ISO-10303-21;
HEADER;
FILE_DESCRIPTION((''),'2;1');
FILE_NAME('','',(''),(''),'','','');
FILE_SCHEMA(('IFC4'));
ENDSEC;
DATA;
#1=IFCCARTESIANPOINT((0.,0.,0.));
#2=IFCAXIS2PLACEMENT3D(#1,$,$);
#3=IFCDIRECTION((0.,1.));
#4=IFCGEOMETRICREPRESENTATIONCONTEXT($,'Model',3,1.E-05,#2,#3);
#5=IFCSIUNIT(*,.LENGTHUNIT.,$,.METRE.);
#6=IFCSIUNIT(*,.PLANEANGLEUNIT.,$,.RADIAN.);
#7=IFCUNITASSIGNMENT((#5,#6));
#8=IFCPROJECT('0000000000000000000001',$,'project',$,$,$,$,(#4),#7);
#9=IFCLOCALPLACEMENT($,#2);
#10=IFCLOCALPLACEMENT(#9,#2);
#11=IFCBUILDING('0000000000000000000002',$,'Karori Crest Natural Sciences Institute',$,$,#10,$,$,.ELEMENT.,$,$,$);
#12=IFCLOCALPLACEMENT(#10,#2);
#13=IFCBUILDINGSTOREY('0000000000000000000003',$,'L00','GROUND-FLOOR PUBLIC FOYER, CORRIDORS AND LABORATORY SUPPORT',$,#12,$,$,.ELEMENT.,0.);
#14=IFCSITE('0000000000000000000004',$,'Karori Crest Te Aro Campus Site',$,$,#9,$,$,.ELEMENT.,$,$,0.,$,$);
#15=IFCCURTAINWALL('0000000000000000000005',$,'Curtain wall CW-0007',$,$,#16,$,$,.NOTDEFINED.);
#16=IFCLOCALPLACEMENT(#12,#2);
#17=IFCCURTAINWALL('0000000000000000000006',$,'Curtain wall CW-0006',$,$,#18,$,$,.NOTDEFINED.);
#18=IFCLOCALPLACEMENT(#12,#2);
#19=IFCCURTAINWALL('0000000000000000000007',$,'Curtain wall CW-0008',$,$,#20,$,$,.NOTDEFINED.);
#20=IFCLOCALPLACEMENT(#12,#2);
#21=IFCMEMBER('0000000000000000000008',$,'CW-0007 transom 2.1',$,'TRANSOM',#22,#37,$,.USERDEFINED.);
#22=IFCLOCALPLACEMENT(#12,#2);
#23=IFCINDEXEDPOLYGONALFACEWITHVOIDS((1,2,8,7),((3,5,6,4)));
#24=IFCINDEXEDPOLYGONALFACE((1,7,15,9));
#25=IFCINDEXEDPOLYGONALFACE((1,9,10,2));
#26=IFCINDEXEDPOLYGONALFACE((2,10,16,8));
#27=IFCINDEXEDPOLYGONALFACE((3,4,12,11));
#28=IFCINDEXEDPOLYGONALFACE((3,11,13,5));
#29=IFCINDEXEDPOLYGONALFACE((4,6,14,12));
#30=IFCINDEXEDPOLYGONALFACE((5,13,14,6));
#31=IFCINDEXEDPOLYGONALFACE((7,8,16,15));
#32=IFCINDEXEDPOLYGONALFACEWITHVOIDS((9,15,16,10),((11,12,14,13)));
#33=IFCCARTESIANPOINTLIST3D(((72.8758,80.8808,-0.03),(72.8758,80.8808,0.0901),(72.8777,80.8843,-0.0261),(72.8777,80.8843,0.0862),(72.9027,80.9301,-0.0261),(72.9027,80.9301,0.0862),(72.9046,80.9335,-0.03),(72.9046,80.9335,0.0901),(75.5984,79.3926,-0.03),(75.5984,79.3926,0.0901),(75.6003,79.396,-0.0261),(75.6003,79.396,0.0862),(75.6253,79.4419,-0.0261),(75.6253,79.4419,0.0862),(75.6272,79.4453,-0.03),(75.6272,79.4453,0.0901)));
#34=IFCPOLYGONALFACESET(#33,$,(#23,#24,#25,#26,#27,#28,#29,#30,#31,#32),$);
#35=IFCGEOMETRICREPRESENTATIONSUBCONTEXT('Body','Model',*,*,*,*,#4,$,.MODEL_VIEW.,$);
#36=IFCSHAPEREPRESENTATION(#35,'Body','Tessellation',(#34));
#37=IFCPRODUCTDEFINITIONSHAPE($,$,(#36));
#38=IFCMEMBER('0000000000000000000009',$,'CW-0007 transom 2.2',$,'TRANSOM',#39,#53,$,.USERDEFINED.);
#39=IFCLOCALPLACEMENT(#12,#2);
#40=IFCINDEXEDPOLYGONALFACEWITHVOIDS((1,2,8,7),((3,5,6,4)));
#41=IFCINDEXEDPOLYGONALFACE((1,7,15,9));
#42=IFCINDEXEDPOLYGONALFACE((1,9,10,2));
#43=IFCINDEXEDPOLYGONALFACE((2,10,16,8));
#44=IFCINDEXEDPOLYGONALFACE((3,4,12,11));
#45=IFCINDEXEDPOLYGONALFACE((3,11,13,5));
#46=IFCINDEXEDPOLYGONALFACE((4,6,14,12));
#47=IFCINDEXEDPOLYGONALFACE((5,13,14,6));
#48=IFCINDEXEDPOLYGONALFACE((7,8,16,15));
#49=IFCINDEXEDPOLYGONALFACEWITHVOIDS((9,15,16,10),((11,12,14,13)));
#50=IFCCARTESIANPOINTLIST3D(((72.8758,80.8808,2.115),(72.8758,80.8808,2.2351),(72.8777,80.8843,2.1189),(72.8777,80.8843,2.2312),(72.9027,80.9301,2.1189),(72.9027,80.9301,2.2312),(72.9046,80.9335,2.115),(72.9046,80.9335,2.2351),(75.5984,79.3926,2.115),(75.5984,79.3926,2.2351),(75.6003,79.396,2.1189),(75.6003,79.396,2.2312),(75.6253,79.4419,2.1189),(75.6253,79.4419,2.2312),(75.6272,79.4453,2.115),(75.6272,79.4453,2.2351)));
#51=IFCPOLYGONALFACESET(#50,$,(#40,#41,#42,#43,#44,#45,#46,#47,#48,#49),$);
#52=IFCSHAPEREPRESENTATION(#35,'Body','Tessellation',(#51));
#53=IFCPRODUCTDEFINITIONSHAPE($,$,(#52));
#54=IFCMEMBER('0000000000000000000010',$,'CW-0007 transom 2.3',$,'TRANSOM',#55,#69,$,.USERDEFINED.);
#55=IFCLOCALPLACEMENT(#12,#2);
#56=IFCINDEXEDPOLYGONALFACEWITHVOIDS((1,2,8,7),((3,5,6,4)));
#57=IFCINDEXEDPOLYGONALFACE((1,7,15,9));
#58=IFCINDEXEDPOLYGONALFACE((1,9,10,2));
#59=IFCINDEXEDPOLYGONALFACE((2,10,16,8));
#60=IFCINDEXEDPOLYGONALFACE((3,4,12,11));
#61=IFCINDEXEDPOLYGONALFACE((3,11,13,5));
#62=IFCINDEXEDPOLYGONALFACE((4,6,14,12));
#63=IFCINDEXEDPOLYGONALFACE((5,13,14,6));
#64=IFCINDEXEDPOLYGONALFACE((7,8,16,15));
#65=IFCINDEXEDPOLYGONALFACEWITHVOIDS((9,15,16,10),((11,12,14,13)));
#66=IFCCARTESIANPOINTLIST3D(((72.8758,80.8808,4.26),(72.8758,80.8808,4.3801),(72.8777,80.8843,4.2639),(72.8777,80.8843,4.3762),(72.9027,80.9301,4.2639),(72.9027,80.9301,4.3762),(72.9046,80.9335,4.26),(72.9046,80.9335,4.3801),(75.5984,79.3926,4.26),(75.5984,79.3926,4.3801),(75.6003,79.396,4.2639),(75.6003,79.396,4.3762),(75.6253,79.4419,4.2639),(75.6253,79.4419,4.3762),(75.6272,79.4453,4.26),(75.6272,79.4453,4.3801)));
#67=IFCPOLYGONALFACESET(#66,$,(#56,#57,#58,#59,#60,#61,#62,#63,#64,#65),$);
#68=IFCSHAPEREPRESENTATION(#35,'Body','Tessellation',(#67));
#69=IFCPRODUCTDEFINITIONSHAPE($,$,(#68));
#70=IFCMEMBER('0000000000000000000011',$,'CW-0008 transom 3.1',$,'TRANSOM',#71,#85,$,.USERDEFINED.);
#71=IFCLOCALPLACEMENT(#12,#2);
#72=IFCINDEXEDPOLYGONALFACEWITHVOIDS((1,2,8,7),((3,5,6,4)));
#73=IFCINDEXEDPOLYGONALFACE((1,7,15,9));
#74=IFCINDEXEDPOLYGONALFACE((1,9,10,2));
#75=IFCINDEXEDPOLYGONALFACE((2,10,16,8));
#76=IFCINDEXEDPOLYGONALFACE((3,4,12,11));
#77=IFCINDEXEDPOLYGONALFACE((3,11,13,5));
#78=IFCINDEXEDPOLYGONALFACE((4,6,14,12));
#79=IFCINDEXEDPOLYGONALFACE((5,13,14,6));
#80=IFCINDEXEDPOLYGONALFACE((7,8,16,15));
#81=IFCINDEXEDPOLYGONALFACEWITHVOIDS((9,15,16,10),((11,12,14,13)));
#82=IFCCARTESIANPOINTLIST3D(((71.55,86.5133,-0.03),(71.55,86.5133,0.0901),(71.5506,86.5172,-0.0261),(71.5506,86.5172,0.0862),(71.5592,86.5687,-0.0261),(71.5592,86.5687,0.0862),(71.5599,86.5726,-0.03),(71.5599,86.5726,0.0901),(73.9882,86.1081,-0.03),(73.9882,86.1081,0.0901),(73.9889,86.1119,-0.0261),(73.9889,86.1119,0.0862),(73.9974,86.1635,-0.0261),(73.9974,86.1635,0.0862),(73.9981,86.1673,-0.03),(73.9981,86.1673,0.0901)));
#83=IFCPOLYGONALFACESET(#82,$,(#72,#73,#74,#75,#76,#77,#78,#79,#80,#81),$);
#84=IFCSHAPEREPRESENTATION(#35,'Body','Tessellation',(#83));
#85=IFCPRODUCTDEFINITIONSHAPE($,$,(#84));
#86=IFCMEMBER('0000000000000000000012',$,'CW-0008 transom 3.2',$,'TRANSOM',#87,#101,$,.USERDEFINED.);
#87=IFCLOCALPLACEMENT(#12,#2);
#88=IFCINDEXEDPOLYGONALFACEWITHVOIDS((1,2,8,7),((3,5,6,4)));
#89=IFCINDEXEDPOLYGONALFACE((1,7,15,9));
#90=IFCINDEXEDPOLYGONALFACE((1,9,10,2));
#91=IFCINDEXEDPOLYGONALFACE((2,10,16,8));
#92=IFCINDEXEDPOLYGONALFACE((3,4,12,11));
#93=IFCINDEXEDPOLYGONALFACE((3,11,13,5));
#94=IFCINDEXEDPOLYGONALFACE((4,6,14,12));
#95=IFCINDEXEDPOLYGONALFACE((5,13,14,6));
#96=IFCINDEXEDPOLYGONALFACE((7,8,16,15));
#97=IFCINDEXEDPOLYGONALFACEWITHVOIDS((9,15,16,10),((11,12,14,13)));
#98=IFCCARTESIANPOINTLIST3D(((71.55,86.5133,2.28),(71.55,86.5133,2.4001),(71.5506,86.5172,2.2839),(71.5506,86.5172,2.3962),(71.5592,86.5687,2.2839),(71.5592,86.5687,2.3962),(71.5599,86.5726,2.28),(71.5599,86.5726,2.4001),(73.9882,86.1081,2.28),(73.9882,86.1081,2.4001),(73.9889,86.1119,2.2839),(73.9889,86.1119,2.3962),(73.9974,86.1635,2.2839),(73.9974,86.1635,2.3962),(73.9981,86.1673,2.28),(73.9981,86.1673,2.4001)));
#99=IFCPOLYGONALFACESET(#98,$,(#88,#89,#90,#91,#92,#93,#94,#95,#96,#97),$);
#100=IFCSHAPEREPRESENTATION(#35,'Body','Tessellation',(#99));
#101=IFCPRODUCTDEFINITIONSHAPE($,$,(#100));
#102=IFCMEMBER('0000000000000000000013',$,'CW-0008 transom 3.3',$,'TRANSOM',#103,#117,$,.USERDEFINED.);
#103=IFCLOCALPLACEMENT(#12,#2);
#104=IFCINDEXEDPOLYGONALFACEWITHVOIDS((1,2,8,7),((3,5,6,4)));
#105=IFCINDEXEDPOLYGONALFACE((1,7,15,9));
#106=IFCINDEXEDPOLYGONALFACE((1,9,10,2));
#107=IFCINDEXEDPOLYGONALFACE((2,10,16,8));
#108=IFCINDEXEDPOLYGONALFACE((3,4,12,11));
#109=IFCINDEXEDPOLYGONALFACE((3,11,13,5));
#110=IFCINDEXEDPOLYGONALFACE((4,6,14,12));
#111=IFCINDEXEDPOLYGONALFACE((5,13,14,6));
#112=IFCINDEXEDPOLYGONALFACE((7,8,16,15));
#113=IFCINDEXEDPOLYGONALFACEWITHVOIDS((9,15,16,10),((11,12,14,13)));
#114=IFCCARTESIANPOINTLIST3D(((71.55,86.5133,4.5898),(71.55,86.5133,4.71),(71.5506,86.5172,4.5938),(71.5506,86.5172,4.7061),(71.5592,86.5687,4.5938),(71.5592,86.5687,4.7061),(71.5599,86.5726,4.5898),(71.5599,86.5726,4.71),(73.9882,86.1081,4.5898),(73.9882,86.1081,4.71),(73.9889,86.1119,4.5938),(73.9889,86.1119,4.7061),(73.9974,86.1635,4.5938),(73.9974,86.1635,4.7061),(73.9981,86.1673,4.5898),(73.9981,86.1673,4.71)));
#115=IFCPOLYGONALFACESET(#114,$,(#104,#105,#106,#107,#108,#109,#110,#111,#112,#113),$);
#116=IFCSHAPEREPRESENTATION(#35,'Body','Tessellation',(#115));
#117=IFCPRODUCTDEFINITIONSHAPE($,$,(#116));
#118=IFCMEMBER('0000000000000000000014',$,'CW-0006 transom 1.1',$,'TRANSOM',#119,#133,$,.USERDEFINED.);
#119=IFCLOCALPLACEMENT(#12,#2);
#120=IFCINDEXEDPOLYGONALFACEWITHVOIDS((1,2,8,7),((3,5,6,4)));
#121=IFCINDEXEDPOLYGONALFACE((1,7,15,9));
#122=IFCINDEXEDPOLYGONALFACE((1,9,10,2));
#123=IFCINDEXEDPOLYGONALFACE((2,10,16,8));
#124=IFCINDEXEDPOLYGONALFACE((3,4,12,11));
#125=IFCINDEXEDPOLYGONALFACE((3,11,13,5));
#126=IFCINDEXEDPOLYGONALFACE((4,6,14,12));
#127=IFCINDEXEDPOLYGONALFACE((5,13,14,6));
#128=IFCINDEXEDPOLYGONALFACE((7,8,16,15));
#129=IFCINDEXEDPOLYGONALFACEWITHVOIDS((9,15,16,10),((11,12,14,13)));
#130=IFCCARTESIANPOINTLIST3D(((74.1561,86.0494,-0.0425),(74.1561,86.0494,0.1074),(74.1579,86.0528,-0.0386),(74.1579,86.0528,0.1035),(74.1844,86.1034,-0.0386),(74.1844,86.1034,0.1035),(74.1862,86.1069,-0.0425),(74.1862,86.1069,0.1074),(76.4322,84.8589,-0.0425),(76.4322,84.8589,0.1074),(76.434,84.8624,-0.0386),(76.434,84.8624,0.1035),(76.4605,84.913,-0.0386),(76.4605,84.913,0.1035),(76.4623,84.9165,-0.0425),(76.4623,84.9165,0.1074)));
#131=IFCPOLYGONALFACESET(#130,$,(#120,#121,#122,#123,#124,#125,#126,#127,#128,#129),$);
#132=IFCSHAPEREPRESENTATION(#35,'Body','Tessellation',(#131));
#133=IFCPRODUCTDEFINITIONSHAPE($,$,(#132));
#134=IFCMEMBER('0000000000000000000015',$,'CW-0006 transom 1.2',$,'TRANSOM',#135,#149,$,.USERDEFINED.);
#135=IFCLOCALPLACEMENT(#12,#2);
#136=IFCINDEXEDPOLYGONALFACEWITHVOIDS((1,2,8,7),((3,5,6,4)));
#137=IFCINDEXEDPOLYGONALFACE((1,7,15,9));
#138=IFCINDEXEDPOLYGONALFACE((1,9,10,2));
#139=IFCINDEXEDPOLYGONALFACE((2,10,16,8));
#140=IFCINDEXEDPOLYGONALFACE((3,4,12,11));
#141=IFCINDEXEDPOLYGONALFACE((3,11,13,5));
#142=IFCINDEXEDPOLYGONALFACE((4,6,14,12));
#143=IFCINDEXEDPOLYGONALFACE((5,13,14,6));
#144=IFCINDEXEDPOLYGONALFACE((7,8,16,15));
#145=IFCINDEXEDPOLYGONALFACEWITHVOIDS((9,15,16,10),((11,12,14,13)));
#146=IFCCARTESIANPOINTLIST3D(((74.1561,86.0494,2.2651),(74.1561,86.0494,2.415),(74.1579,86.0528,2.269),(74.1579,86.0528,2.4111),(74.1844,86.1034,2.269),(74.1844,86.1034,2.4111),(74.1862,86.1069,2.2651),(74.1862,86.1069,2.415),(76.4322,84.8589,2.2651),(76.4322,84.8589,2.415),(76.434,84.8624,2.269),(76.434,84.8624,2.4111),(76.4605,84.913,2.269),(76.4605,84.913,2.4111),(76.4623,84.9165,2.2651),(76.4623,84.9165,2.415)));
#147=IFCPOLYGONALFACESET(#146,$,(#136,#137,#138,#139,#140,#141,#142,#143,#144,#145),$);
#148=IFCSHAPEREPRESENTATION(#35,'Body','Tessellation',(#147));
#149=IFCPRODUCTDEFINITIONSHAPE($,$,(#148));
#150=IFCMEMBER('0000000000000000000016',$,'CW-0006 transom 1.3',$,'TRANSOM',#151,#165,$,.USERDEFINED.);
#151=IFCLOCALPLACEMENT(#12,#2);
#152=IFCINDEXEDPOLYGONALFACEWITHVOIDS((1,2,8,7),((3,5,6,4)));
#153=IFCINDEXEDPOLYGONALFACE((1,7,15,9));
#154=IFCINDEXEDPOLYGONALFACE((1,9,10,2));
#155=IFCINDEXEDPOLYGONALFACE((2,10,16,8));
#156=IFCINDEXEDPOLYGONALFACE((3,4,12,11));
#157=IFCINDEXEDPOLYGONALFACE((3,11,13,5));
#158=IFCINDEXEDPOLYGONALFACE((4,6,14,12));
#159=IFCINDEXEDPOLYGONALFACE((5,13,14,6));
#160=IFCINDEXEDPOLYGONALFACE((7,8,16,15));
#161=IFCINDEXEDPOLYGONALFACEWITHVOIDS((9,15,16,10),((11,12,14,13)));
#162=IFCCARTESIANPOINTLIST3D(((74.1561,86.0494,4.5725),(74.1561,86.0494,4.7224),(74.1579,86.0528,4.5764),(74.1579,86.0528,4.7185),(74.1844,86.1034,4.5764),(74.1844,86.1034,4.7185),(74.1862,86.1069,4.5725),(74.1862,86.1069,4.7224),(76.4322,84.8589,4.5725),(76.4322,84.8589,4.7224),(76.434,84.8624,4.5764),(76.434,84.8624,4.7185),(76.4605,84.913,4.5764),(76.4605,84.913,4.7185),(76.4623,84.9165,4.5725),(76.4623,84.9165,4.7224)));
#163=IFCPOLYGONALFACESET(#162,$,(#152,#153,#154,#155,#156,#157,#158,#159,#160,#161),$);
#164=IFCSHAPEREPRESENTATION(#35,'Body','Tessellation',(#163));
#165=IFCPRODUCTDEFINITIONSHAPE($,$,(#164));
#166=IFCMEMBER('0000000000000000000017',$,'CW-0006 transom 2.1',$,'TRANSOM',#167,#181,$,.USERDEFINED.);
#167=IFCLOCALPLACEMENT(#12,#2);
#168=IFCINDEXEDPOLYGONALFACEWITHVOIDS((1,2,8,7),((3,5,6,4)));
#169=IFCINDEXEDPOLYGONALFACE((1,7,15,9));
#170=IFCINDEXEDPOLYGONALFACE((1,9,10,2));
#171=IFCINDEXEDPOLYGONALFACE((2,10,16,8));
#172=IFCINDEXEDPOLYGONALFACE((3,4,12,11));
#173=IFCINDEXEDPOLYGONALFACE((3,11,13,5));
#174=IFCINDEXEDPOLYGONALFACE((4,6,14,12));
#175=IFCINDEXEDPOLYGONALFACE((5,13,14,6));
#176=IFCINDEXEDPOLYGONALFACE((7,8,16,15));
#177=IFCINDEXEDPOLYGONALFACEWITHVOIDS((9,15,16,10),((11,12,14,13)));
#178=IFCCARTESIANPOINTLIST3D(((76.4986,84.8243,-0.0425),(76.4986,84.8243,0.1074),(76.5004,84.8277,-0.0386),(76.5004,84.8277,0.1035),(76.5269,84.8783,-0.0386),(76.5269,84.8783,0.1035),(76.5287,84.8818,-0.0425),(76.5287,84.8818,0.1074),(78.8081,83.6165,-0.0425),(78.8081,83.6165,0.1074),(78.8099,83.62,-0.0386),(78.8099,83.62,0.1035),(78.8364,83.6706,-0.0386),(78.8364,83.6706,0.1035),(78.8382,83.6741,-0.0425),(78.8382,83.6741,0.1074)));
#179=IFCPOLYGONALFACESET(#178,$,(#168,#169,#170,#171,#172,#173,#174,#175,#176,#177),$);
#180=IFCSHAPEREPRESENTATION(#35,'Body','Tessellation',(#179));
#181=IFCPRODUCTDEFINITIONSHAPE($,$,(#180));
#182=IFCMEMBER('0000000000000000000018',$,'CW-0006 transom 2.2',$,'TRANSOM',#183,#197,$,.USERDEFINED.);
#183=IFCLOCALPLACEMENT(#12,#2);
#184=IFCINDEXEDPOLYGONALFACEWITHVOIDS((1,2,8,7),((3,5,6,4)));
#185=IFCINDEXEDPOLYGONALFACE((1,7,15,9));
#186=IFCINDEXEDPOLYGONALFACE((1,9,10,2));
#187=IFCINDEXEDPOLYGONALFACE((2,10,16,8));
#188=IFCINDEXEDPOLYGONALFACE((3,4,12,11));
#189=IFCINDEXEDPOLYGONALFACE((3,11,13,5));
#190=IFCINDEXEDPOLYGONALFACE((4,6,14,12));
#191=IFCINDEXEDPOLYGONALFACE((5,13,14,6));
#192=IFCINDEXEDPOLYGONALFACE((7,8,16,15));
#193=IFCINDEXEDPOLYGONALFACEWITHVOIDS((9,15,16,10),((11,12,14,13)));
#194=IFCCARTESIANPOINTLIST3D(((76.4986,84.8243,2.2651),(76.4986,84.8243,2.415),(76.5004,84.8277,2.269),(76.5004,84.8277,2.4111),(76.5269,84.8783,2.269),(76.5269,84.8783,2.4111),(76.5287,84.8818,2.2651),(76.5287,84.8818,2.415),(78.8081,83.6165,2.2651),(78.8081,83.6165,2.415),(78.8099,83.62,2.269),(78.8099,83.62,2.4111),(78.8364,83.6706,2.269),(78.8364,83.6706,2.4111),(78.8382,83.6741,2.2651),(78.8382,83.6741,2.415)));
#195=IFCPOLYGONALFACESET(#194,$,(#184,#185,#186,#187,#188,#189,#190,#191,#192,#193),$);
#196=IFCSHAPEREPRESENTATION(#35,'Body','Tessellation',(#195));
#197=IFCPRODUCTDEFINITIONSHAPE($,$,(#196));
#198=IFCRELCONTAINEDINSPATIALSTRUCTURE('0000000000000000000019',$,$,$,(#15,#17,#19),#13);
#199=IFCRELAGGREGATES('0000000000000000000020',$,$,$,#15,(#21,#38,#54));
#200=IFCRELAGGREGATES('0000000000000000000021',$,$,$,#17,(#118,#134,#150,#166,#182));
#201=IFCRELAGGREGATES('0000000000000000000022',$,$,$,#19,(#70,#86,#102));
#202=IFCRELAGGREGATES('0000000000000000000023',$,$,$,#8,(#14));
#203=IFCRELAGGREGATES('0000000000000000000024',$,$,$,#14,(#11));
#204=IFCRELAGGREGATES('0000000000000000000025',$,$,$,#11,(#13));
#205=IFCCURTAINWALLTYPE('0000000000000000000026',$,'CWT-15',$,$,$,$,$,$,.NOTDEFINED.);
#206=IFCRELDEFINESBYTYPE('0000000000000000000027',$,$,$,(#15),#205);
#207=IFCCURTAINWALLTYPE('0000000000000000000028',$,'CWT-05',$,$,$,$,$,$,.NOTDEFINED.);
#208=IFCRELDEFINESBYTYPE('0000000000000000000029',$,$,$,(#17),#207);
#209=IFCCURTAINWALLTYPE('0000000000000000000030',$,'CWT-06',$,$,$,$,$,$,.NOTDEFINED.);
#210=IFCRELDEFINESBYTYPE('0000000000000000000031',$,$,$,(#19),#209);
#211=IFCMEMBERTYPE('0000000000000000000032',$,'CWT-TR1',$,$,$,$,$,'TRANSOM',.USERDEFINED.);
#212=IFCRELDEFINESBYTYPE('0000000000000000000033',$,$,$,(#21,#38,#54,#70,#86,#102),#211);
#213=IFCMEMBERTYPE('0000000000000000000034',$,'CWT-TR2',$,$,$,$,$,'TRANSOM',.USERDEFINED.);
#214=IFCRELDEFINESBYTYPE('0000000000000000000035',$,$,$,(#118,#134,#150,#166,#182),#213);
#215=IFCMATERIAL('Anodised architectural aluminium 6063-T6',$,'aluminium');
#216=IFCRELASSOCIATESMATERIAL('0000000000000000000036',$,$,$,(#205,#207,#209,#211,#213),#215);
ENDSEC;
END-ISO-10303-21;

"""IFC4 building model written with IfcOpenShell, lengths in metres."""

from ifc_helpers import new_model, si_unit, direction, frame, origin, origin_2d, place, context, subcontext, project, spatial, hollow_rectangle, extrude, material, material_profile, profile_set, type_object, element, aggregate, save


model = new_model("IFC4")

# Units and contexts
model_context = context("Model", 3, precision=1e-05, world=origin(), true_north=direction((0.0, 1.0)))
body_context = subcontext(model_context, "Body", "Model", "MODEL_VIEW")
ifc_project = project(units=[si_unit("LENGTHUNIT", "METRE"), si_unit("PLANEANGLEUNIT", "RADIAN")], contexts=[model_context])

# Site, building, storey
site_placement = place(None, origin())
site = spatial("IfcSite", under=ifc_project, at=site_placement, Name="Karori Crest Te Aro Campus Site", CompositionType="ELEMENT", RefElevation=0.0)
building_placement = place(site_placement, origin())
building = spatial("IfcBuilding", under=site, at=building_placement, Name="Karori Crest Natural Sciences Institute", CompositionType="ELEMENT")
storey_placement = place(building_placement, origin())
storey = spatial("IfcBuildingStorey", under=building, at=storey_placement, Name="L00", Description="GROUND-FLOOR PUBLIC FOYER, CORRIDORS AND LABORATORY SUPPORT", CompositionType="ELEMENT", Elevation=0.0)

# Curtain walls
ifc_material_1 = material(Name="Anodised architectural aluminium 6063-T6", Category="aluminium")
curtain_wall_type_1 = type_object("IfcCurtainWallType", Name="CWT-15", PredefinedType="NOTDEFINED", material=ifc_material_1)
curtain_wall_1_placement = place(storey_placement, origin())
curtain_wall_1 = element("IfcCurtainWall", 1, at=curtain_wall_1_placement, inside=storey, type_object=curtain_wall_type_1, Name="Curtain wall CW-0007", PredefinedType="NOTDEFINED")
curtain_wall_type_2 = type_object("IfcCurtainWallType", Name="CWT-05", PredefinedType="NOTDEFINED", material=ifc_material_1)
curtain_wall_2_placement = place(storey_placement, origin())
curtain_wall_2 = element("IfcCurtainWall", 2, at=curtain_wall_2_placement, inside=storey, type_object=curtain_wall_type_2, Name="Curtain wall CW-0006", PredefinedType="NOTDEFINED")

# Curtain wall
curtain_wall_type_3 = type_object("IfcCurtainWallType", Name="CWT-06", PredefinedType="NOTDEFINED", material=ifc_material_1)
curtain_wall_3_placement = place(storey_placement, origin())
curtain_wall_3 = element("IfcCurtainWall", 3, at=curtain_wall_3_placement, inside=storey, type_object=curtain_wall_type_3, Name="Curtain wall CW-0008", PredefinedType="NOTDEFINED")

# Members
ifc_material_profile_1 = material_profile(ifc_material_1, hollow_rectangle(XDim=0.0601, YDim=0.1201, WallThickness=0.0039, at=origin_2d()), Name="CWT120x60x4")
ifc_profile_set_1 = profile_set([ifc_material_profile_1], Name="Anodised architectural aluminium 6063-T6")
member_type_1 = type_object("IfcMemberType", Name="CWT-TR1", ElementType="TRANSOM", PredefinedType="USERDEFINED", material=ifc_profile_set_1)
member_1_placement = place(storey_placement, frame((75.6128, 79.4189, 0.03), z_axis=(-0.877462, 0.479646, 0.0), x_axis=(-0.479646, -0.877462, 0.0)))
member_1 = element("IfcMember", 4, at=member_1_placement, type_object=member_type_1, Name="CW-0007 transom 2.1", ObjectType="TRANSOM", PredefinedType="USERDEFINED", context=body_context, shape_type="SweptSolid", body=[
    extrude(hollow_rectangle(XDim=0.0601, YDim=0.1201, WallThickness=0.0039, at=origin_2d()), origin(), (0.0, 0.0, 1.0), 3.1028),
])
member_2_placement = place(storey_placement, frame((75.6128, 79.4189, 2.175), z_axis=(-0.877462, 0.479646, 0.0), x_axis=(-0.479646, -0.877462, 0.0)))
member_2 = element("IfcMember", 5, at=member_2_placement, type_object=member_type_1, Name="CW-0007 transom 2.2", ObjectType="TRANSOM", PredefinedType="USERDEFINED", context=body_context, shape_type="SweptSolid", body=[
    extrude(hollow_rectangle(XDim=0.0601, YDim=0.1201, WallThickness=0.0039, at=origin_2d()), origin(), (0.0, 0.0, 1.0), 3.1028),
])
member_3_placement = place(storey_placement, frame((75.6128, 79.4189, 4.3201), z_axis=(-0.877462, 0.479646, 0.0), x_axis=(-0.479646, -0.877462, 0.0)))
member_3 = element("IfcMember", 6, at=member_3_placement, type_object=member_type_1, Name="CW-0007 transom 2.3", ObjectType="TRANSOM", PredefinedType="USERDEFINED", context=body_context, shape_type="SweptSolid", body=[
    extrude(hollow_rectangle(XDim=0.0601, YDim=0.1201, WallThickness=0.0039, at=origin_2d()), origin(), (0.0, 0.0, 1.0), 3.1028),
])
member_4_placement = place(storey_placement, frame((71.5549, 86.543, 0.03), z_axis=(0.986466, -0.163966, 0.0), x_axis=(0.163966, 0.986466, 0.0)))
member_4 = element("IfcMember", 7, at=member_4_placement, type_object=member_type_1, Name="CW-0008 transom 3.1", ObjectType="TRANSOM", PredefinedType="USERDEFINED", context=body_context, shape_type="SweptSolid", body=[
    extrude(hollow_rectangle(XDim=0.0601, YDim=0.1201, WallThickness=0.0039, at=origin_2d()), origin(), (0.0, 0.0, 1.0), 2.4717),
])
member_5_placement = place(storey_placement, frame((71.5549, 86.543, 2.3401), z_axis=(0.986466, -0.163966, 0.0), x_axis=(0.163966, 0.986466, 0.0)))
member_5 = element("IfcMember", 8, at=member_5_placement, type_object=member_type_1, Name="CW-0008 transom 3.2", ObjectType="TRANSOM", PredefinedType="USERDEFINED", context=body_context, shape_type="SweptSolid", body=[
    extrude(hollow_rectangle(XDim=0.0601, YDim=0.1201, WallThickness=0.0039, at=origin_2d()), origin(), (0.0, 0.0, 1.0), 2.4717),
])
member_6_placement = place(storey_placement, frame((71.5549, 86.543, 4.6499), z_axis=(0.986466, -0.163966, 0.0), x_axis=(0.163966, 0.986466, 0.0)))
member_6 = element("IfcMember", 9, at=member_6_placement, type_object=member_type_1, Name="CW-0008 transom 3.3", ObjectType="TRANSOM", PredefinedType="USERDEFINED", context=body_context, shape_type="SweptSolid", body=[
    extrude(hollow_rectangle(XDim=0.0601, YDim=0.1201, WallThickness=0.0039, at=origin_2d()), origin(), (0.0, 0.0, 1.0), 2.4717),
])
ifc_material_profile_2 = material_profile(ifc_material_1, hollow_rectangle(XDim=0.0649, YDim=0.1499, WallThickness=0.0039, at=origin_2d()), Name="CWT150x65x4")
ifc_profile_set_2 = profile_set([ifc_material_profile_2], Name="Anodised architectural aluminium 6063-T6")
member_type_2 = type_object("IfcMemberType", Name="CWT-TR2", ElementType="TRANSOM", PredefinedType="USERDEFINED", material=ifc_profile_set_2)
member_7_placement = place(storey_placement, frame((74.1711, 86.0781, 0.0325), z_axis=(0.886123, -0.463449, 0.0), x_axis=(0.463449, 0.886123, 0.0)))
member_7 = element("IfcMember", 10, at=member_7_placement, type_object=member_type_2, Name="CW-0006 transom 1.1", ObjectType="TRANSOM", PredefinedType="USERDEFINED", context=body_context, shape_type="SweptSolid", body=[
    extrude(hollow_rectangle(XDim=0.0649, YDim=0.1499, WallThickness=0.0039, at=origin_2d()), origin(), (0.0, 0.0, 1.0), 2.5686),
])
member_8_placement = place(storey_placement, frame((74.1711, 86.0781, 2.3401), z_axis=(0.886123, -0.463449, 0.0), x_axis=(0.463449, 0.886123, 0.0)))
member_8 = element("IfcMember", 11, at=member_8_placement, type_object=member_type_2, Name="CW-0006 transom 1.2", ObjectType="TRANSOM", PredefinedType="USERDEFINED", context=body_context, shape_type="SweptSolid", body=[
    extrude(hollow_rectangle(XDim=0.0649, YDim=0.1499, WallThickness=0.0039, at=origin_2d()), origin(), (0.0, 0.0, 1.0), 2.5686),
])
member_9_placement = place(storey_placement, frame((74.1711, 86.0781, 4.6475), z_axis=(0.886123, -0.463449, 0.0), x_axis=(0.463449, 0.886123, 0.0)))
member_9 = element("IfcMember", 12, at=member_9_placement, type_object=member_type_2, Name="CW-0006 transom 1.3", ObjectType="TRANSOM", PredefinedType="USERDEFINED", context=body_context, shape_type="SweptSolid", body=[
    extrude(hollow_rectangle(XDim=0.0649, YDim=0.1499, WallThickness=0.0039, at=origin_2d()), origin(), (0.0, 0.0, 1.0), 2.5686),
])
member_10_placement = place(storey_placement, frame((76.5137, 84.853, 0.0325), z_axis=(0.886149, -0.463401, 0.0), x_axis=(0.463401, 0.886149, 0.0)))
member_10 = element("IfcMember", 13, at=member_10_placement, type_object=member_type_2, Name="CW-0006 transom 2.1", ObjectType="TRANSOM", PredefinedType="USERDEFINED", context=body_context, shape_type="SweptSolid", body=[
    extrude(hollow_rectangle(XDim=0.0649, YDim=0.1499, WallThickness=0.0039, at=origin_2d()), origin(), (0.0, 0.0, 1.0), 2.6062),
])
member_11_placement = place(storey_placement, frame((76.5137, 84.853, 2.3401), z_axis=(0.886149, -0.463401, 0.0), x_axis=(0.463401, 0.886149, 0.0)))
member_11 = element("IfcMember", 14, at=member_11_placement, type_object=member_type_2, Name="CW-0006 transom 2.2", ObjectType="TRANSOM", PredefinedType="USERDEFINED", context=body_context, shape_type="SweptSolid", body=[
    extrude(hollow_rectangle(XDim=0.0649, YDim=0.1499, WallThickness=0.0039, at=origin_2d()), origin(), (0.0, 0.0, 1.0), 2.6062),
])

aggregate(curtain_wall_1, [member_1, member_2, member_3])
aggregate(curtain_wall_2, [member_7, member_8, member_9, member_10, member_11])
aggregate(curtain_wall_3, [member_4, member_5, member_6])

save(model, "model.ifc")
